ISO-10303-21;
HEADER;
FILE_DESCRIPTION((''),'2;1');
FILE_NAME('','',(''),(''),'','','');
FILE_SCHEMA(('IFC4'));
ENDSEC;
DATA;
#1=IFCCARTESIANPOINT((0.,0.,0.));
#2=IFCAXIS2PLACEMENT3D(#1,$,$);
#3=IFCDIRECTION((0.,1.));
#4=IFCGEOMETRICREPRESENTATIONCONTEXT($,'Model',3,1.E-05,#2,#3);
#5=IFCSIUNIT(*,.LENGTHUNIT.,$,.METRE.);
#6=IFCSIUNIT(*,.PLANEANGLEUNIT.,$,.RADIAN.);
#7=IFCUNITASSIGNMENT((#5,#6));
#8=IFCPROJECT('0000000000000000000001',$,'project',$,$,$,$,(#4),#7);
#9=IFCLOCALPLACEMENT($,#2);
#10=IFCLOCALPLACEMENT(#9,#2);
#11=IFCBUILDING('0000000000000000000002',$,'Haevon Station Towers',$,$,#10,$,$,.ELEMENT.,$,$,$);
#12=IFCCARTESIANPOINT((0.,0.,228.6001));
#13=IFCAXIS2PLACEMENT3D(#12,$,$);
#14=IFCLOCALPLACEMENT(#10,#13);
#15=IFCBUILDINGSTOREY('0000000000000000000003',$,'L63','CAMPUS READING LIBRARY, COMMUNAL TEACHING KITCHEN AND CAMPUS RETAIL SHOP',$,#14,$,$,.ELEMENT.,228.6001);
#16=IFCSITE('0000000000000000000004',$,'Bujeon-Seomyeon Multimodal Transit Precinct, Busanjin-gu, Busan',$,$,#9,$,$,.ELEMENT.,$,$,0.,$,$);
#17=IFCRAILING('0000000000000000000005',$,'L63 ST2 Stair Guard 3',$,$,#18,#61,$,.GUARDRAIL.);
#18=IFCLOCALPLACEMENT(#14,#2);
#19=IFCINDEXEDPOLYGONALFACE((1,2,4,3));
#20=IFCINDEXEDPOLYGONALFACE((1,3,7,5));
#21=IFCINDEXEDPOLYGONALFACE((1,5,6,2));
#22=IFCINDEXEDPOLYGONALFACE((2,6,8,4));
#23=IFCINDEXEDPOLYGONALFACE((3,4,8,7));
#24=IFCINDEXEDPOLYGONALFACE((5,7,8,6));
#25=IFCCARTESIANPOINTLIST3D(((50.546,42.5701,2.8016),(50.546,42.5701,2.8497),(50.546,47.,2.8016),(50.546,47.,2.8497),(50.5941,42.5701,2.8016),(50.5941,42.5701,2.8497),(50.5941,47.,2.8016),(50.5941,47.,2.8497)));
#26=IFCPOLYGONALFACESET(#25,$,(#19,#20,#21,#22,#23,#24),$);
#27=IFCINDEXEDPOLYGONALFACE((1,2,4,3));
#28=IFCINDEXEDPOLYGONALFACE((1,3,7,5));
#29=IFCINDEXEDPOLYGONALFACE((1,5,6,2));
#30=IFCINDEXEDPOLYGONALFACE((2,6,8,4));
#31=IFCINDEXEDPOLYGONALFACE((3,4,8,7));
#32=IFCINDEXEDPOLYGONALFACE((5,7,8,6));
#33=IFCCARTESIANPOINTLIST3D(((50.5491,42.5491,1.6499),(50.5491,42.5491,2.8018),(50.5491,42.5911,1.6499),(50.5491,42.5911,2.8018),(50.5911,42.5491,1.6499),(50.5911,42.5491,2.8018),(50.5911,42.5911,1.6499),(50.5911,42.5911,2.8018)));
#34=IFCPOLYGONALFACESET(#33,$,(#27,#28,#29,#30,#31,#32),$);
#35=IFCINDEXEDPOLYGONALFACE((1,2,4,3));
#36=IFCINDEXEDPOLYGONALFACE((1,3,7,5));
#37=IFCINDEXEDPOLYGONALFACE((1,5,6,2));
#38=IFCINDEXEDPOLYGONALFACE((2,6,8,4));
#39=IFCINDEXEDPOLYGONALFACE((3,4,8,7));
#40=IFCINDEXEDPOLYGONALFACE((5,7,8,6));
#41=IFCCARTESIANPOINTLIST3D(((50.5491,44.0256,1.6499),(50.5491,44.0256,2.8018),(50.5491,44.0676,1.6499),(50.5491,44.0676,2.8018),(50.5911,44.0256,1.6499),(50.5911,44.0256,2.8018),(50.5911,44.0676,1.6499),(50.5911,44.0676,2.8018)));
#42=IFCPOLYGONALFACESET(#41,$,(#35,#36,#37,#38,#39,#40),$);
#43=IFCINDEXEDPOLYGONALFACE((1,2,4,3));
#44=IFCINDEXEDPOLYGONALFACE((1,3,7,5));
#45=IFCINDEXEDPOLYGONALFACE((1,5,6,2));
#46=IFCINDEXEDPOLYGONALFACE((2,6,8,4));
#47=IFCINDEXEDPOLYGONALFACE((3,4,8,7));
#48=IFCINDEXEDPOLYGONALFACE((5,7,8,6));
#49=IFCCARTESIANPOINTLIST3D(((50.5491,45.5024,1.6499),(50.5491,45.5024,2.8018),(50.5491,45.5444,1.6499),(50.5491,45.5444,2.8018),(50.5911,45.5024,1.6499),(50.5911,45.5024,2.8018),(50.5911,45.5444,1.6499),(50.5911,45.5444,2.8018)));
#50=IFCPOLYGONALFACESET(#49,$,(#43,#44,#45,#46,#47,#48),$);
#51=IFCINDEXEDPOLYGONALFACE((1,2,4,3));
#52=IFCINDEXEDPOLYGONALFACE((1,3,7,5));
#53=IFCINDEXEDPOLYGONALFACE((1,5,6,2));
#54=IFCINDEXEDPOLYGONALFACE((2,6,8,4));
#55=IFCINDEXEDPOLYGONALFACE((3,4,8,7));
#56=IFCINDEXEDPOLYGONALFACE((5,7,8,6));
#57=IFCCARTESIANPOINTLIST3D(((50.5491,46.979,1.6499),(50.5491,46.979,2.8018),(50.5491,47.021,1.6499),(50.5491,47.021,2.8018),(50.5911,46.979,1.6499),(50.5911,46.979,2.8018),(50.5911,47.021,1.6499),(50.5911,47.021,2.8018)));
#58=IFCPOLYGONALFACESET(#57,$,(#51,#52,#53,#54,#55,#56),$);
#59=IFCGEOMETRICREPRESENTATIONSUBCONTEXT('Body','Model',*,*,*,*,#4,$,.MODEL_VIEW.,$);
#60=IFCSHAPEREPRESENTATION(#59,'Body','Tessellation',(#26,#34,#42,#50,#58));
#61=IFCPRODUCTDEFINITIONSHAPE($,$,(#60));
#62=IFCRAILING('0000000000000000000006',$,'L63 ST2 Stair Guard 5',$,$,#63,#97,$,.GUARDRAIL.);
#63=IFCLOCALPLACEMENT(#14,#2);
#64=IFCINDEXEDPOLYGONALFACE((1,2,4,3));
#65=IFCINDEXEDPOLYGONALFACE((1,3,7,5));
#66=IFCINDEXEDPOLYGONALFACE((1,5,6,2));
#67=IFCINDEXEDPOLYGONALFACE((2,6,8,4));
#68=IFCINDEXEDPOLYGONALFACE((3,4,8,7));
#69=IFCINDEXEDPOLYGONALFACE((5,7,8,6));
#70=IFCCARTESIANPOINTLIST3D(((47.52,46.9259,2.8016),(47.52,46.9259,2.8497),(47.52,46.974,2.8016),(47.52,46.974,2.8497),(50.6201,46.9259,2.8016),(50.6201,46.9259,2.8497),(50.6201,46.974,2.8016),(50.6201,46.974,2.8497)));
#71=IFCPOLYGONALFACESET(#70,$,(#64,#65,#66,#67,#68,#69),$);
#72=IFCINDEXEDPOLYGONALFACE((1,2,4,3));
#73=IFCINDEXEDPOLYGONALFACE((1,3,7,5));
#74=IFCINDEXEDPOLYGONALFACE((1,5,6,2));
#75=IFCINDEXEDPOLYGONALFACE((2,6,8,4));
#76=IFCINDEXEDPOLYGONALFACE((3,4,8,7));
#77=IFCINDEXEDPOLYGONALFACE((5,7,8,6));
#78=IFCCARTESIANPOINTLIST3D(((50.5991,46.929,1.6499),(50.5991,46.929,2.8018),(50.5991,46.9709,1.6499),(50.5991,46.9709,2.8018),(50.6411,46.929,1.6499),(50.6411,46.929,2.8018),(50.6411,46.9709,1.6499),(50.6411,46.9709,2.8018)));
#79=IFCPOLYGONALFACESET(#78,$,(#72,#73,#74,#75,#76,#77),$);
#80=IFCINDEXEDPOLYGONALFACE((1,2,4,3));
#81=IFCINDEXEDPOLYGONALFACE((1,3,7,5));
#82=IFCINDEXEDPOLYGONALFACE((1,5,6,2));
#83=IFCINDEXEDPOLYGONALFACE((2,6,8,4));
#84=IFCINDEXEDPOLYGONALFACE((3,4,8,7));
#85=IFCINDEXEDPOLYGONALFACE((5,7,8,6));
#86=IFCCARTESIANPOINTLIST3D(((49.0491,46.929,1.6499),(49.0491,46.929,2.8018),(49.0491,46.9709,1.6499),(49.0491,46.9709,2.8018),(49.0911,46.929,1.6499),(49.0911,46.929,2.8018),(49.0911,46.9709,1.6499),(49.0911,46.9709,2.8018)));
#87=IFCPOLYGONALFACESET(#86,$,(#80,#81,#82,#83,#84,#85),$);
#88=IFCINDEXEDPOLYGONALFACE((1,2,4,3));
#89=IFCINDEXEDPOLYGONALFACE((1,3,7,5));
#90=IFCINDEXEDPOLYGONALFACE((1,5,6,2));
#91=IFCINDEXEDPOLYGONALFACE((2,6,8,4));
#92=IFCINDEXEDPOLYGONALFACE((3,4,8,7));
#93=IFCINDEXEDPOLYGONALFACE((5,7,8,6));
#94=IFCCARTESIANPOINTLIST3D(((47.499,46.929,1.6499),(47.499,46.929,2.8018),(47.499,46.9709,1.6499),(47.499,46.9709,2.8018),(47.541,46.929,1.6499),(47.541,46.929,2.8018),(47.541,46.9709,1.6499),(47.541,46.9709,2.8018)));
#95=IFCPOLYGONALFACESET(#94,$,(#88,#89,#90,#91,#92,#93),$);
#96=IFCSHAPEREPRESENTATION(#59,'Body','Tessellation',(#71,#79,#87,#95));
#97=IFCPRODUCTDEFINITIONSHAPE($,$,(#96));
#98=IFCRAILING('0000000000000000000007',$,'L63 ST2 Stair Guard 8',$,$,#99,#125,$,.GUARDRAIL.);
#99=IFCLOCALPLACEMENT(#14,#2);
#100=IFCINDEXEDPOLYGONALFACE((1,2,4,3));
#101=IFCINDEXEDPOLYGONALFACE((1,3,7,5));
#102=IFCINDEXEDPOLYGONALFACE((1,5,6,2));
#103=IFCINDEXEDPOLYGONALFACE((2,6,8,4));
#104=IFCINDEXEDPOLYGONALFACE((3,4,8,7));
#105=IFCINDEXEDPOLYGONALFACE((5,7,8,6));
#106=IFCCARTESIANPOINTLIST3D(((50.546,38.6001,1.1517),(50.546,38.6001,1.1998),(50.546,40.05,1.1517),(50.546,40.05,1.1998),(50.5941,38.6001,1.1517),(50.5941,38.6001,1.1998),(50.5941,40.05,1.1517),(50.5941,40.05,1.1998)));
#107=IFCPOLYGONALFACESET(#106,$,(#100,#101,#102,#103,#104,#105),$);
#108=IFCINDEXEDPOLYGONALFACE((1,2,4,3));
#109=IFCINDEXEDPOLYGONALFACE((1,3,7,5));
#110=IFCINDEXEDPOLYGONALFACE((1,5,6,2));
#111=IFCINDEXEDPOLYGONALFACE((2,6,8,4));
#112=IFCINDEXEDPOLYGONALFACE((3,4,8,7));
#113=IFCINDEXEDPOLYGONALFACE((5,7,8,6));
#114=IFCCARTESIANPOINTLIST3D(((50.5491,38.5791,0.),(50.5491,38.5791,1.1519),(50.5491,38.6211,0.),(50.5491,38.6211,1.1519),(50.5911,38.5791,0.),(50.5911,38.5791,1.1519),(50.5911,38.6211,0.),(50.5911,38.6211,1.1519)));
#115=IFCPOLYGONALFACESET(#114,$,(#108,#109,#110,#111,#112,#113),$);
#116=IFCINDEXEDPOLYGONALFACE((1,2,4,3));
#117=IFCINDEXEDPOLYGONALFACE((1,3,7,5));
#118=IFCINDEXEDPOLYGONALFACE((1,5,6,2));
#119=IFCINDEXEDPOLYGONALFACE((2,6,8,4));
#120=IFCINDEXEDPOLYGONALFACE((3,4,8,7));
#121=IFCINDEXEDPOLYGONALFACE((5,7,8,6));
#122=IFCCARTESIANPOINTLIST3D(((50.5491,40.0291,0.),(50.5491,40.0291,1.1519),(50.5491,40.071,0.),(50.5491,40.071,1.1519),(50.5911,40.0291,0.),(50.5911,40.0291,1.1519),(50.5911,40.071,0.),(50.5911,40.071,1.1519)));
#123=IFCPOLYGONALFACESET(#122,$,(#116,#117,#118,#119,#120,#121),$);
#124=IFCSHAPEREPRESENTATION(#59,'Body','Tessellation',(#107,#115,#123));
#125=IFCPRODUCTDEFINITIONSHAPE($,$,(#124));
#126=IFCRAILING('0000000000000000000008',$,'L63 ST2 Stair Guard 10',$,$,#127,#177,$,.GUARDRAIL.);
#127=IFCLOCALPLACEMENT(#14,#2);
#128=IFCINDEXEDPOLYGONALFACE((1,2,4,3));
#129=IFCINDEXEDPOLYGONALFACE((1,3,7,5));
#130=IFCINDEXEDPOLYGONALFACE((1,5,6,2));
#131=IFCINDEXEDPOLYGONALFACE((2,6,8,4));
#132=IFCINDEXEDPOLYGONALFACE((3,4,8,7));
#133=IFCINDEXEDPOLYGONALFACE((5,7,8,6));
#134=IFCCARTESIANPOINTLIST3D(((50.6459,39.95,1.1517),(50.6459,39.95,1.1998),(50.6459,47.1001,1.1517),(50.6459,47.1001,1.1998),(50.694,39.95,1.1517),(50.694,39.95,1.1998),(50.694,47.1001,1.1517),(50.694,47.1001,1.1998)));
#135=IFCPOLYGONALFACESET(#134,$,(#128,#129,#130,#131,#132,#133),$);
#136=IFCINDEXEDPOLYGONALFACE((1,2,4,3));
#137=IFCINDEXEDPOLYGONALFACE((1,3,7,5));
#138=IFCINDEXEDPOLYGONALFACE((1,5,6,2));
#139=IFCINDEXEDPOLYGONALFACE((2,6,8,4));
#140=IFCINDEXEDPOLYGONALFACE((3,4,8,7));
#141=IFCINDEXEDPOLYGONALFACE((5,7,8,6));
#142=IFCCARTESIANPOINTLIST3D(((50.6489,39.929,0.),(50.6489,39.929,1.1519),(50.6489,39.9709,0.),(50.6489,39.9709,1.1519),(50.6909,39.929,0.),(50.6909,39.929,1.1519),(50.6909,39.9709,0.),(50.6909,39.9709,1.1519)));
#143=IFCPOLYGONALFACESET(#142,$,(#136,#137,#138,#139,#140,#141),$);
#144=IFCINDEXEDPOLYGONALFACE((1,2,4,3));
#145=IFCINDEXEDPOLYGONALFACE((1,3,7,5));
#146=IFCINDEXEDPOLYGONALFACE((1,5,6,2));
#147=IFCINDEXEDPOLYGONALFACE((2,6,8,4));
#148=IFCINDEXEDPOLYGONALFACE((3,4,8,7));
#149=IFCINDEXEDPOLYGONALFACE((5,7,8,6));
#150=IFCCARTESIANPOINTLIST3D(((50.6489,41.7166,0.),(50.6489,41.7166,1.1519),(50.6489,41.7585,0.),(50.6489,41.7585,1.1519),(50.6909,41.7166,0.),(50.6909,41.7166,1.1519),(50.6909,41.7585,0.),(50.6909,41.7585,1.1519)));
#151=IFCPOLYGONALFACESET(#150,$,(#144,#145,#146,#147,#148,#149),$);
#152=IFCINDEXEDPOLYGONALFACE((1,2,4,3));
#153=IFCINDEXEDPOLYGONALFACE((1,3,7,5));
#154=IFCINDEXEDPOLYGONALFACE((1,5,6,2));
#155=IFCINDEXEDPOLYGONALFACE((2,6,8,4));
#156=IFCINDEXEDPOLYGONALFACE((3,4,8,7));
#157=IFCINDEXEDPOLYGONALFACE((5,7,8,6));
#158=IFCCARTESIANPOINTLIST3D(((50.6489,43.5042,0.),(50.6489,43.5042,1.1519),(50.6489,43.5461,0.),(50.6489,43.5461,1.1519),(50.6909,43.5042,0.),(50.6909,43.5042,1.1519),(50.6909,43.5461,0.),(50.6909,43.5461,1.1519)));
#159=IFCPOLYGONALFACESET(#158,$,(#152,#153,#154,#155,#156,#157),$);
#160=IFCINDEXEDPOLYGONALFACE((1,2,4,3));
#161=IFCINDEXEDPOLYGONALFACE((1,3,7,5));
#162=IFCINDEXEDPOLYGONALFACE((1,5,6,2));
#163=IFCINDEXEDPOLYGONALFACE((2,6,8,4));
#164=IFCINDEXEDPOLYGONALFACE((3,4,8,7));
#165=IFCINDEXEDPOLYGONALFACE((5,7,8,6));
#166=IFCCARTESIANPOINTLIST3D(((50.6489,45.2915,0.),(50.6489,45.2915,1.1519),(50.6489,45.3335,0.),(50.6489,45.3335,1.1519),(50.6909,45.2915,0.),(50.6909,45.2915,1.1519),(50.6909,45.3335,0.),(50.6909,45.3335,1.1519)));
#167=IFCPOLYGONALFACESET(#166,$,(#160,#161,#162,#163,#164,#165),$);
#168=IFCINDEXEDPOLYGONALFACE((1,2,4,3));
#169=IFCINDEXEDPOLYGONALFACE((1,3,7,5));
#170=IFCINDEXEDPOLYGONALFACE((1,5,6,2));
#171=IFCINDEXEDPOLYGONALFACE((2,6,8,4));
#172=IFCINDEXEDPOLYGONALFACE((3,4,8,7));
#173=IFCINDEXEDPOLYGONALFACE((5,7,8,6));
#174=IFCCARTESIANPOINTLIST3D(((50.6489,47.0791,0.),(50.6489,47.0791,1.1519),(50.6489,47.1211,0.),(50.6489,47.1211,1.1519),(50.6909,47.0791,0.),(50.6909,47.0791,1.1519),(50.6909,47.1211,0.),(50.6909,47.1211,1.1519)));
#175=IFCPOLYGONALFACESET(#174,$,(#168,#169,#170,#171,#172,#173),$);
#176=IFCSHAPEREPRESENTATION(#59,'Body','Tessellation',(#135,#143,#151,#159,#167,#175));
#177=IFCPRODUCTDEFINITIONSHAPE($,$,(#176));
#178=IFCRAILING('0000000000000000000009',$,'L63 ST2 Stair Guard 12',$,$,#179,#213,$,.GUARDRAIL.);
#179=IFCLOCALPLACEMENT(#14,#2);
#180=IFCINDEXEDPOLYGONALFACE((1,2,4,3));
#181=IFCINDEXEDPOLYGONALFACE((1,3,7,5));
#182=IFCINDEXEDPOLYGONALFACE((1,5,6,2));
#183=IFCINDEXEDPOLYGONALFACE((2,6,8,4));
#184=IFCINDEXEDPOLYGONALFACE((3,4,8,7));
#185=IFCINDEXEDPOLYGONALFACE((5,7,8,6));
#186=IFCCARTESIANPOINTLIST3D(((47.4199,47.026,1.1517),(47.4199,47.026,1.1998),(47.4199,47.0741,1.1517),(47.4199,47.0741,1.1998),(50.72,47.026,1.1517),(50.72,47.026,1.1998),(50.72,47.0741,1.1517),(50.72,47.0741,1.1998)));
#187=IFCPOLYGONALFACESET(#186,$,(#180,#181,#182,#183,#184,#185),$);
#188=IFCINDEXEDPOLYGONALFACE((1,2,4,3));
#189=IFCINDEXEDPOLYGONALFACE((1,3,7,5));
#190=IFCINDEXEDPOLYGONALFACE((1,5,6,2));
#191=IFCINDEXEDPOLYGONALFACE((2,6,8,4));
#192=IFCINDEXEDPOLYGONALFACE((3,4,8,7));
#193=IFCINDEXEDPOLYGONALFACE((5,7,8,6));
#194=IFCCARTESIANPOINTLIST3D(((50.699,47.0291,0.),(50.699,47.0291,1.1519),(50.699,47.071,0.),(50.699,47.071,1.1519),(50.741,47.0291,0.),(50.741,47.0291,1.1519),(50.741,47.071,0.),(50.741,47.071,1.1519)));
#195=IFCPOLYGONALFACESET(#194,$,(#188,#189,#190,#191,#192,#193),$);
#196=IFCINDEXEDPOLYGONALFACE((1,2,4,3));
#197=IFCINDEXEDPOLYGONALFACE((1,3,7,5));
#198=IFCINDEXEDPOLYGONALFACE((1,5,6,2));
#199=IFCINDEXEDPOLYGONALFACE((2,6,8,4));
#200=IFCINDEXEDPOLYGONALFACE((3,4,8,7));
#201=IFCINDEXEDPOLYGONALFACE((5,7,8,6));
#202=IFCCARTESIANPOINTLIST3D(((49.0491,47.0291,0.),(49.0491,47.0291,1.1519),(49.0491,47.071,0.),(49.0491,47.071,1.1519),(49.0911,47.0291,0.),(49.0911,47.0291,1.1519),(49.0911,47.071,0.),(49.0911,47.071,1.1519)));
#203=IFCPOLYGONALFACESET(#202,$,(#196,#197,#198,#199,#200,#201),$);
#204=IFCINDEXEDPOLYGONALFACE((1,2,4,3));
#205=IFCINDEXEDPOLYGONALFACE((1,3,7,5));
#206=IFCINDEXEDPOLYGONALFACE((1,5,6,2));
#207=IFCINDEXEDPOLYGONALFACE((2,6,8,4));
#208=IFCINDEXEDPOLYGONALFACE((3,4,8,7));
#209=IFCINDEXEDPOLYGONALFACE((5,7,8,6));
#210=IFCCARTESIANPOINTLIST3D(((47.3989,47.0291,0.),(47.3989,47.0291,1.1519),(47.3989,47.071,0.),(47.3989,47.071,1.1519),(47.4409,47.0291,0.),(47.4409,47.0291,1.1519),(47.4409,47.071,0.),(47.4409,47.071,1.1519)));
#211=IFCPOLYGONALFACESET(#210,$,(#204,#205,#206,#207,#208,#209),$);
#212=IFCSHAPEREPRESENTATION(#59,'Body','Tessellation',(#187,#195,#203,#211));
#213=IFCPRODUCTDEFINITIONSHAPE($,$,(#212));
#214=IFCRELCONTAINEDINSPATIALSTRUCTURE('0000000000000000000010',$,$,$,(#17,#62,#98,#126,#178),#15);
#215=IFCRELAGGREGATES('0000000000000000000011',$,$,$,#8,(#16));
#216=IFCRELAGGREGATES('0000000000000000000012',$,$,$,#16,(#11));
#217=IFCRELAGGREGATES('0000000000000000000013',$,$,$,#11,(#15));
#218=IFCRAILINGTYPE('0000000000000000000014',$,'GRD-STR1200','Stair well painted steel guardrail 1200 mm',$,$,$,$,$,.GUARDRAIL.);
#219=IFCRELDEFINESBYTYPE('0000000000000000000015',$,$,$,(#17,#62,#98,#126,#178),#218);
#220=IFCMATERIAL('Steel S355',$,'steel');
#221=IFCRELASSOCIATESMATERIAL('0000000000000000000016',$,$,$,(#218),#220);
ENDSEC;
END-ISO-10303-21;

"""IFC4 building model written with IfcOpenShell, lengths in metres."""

from ifc_helpers import new_model, si_unit, direction, frame, origin, origin_2d, place, context, subcontext, project, spatial, rectangle, extrude, material, type_object, element, save


model = new_model("IFC4")

# Units and contexts
model_context = context("Model", 3, precision=1e-05, world=origin(), true_north=direction((0.0, 1.0)))
body_context = subcontext(model_context, "Body", "Model", "MODEL_VIEW")
ifc_project = project(units=[si_unit("LENGTHUNIT", "METRE"), si_unit("PLANEANGLEUNIT", "RADIAN")], contexts=[model_context])

# Site, building, storey
site_placement = place(None, origin())
site = spatial("IfcSite", under=ifc_project, at=site_placement, Name="Bujeon-Seomyeon Multimodal Transit Precinct, Busanjin-gu, Busan", CompositionType="ELEMENT", RefElevation=0.0)
building_placement = place(site_placement, origin())
building = spatial("IfcBuilding", under=site, at=building_placement, Name="Haevon Station Towers", CompositionType="ELEMENT")
storey_placement = place(building_placement, frame((0.0, 0.0, 228.6001)))
storey = spatial("IfcBuildingStorey", under=building, at=storey_placement, Name="L63", Description="CAMPUS READING LIBRARY, COMMUNAL TEACHING KITCHEN AND CAMPUS RETAIL SHOP", CompositionType="ELEMENT", Elevation=228.6001)

# Shared definitions
ifc_material_1 = material(Name="Steel S355", Category="steel")

# Railings
railing_type_1 = type_object("IfcRailingType", Name="GRD-STR1200", Description="Stair well painted steel guardrail 1200 mm", PredefinedType="GUARDRAIL", material=ifc_material_1)
railing_1_placement = place(storey_placement, frame((50.5701, 42.5701, 1.6499)))
element("IfcRailing", 1, at=railing_1_placement, inside=storey, type_object=railing_type_1, Name="L63 ST2 Stair Guard 3", PredefinedType="GUARDRAIL", context=body_context, shape_type="SweptSolid", body=[
    extrude(rectangle(XDim=0.0481, YDim=0.0481, at=origin_2d()), frame((0.0, 0.0, 1.1758), z_axis=(0.0, 1.0, 0.0), x_axis=(-1.0, 0.0, 0.0)), (0.0, 0.0, 1.0), 4.4299),
    extrude(rectangle(XDim=0.042, YDim=0.042, at=origin_2d()), origin(), (0.0, 0.0, 1.0), 1.1519),
    extrude(rectangle(XDim=0.042, YDim=0.042, at=origin_2d()), frame((0.0, 1.4766, 0.0)), (0.0, 0.0, 1.0), 1.1519),
    extrude(rectangle(XDim=0.042, YDim=0.042, at=origin_2d()), frame((0.0, 2.9534, 0.0)), (0.0, 0.0, 1.0), 1.1519),
    extrude(rectangle(XDim=0.042, YDim=0.042, at=origin_2d()), frame((0.0, 4.4299, 0.0)), (0.0, 0.0, 1.0), 1.1519),
])
railing_2_placement = place(storey_placement, frame((50.6201, 46.95, 1.6499)))
element("IfcRailing", 2, at=railing_2_placement, inside=storey, type_object=railing_type_1, Name="L63 ST2 Stair Guard 5", PredefinedType="GUARDRAIL", context=body_context, shape_type="SweptSolid", body=[
    extrude(rectangle(XDim=0.0481, YDim=0.0481, at=origin_2d()), frame((0.0, 0.0, 1.1758), z_axis=(-1.0, 0.0, 0.0), x_axis=(0.0, -1.0, 0.0)), (0.0, 0.0, 1.0), 3.1001),
    extrude(rectangle(XDim=0.042, YDim=0.042, at=origin_2d()), origin(), (0.0, 0.0, 1.0), 1.1519),
    extrude(rectangle(XDim=0.042, YDim=0.042, at=origin_2d()), frame((-1.55, 0.0, 0.0)), (0.0, 0.0, 1.0), 1.1519),
    extrude(rectangle(XDim=0.042, YDim=0.042, at=origin_2d()), frame((-3.1001, 0.0, 0.0)), (0.0, 0.0, 1.0), 1.1519),
])
railing_3_placement = place(storey_placement, frame((50.5701, 38.6001, 0.0)))
element("IfcRailing", 3, at=railing_3_placement, inside=storey, type_object=railing_type_1, Name="L63 ST2 Stair Guard 8", PredefinedType="GUARDRAIL", context=body_context, shape_type="SweptSolid", body=[
    extrude(rectangle(XDim=0.0481, YDim=0.0481, at=origin_2d()), frame((0.0, 0.0, 1.1758), z_axis=(0.0, 1.0, 0.0), x_axis=(-1.0, 0.0, 0.0)), (0.0, 0.0, 1.0), 1.45),
    extrude(rectangle(XDim=0.042, YDim=0.042, at=origin_2d()), origin(), (0.0, 0.0, 1.0), 1.1519),
    extrude(rectangle(XDim=0.042, YDim=0.042, at=origin_2d()), frame((0.0, 1.45, 0.0)), (0.0, 0.0, 1.0), 1.1519),
])
railing_4_placement = place(storey_placement, frame((50.6699, 39.95, 0.0)))
element("IfcRailing", 4, at=railing_4_placement, inside=storey, type_object=railing_type_1, Name="L63 ST2 Stair Guard 10", PredefinedType="GUARDRAIL", context=body_context, shape_type="SweptSolid", body=[
    extrude(rectangle(XDim=0.0481, YDim=0.0481, at=origin_2d()), frame((0.0, 0.0, 1.1758), z_axis=(0.0, 1.0, 0.0), x_axis=(-1.0, 0.0, 0.0)), (0.0, 0.0, 1.0), 7.1501),
    extrude(rectangle(XDim=0.042, YDim=0.042, at=origin_2d()), origin(), (0.0, 0.0, 1.0), 1.1519),
    extrude(rectangle(XDim=0.042, YDim=0.042, at=origin_2d()), frame((0.0, 1.7876, 0.0)), (0.0, 0.0, 1.0), 1.1519),
    extrude(rectangle(XDim=0.042, YDim=0.042, at=origin_2d()), frame((0.0, 3.5752, 0.0)), (0.0, 0.0, 1.0), 1.1519),
    extrude(rectangle(XDim=0.042, YDim=0.042, at=origin_2d()), frame((0.0, 5.3625, 0.0)), (0.0, 0.0, 1.0), 1.1519),
    extrude(rectangle(XDim=0.042, YDim=0.042, at=origin_2d()), frame((0.0, 7.1501, 0.0)), (0.0, 0.0, 1.0), 1.1519),
])
railing_5_placement = place(storey_placement, frame((50.72, 47.05, 0.0)))
element("IfcRailing", 5, at=railing_5_placement, inside=storey, type_object=railing_type_1, Name="L63 ST2 Stair Guard 12", PredefinedType="GUARDRAIL", context=body_context, shape_type="SweptSolid", body=[
    extrude(rectangle(XDim=0.0481, YDim=0.0481, at=origin_2d()), frame((0.0, 0.0, 1.1758), z_axis=(-1.0, 0.0, 0.0), x_axis=(0.0, -1.0, 0.0)), (0.0, 0.0, 1.0), 3.3),
    extrude(rectangle(XDim=0.042, YDim=0.042, at=origin_2d()), origin(), (0.0, 0.0, 1.0), 1.1519),
    extrude(rectangle(XDim=0.042, YDim=0.042, at=origin_2d()), frame((-1.6499, 0.0, 0.0)), (0.0, 0.0, 1.0), 1.1519),
    extrude(rectangle(XDim=0.042, YDim=0.042, at=origin_2d()), frame((-3.3, 0.0, 0.0)), (0.0, 0.0, 1.0), 1.1519),
])

save(model, "model.ifc")
